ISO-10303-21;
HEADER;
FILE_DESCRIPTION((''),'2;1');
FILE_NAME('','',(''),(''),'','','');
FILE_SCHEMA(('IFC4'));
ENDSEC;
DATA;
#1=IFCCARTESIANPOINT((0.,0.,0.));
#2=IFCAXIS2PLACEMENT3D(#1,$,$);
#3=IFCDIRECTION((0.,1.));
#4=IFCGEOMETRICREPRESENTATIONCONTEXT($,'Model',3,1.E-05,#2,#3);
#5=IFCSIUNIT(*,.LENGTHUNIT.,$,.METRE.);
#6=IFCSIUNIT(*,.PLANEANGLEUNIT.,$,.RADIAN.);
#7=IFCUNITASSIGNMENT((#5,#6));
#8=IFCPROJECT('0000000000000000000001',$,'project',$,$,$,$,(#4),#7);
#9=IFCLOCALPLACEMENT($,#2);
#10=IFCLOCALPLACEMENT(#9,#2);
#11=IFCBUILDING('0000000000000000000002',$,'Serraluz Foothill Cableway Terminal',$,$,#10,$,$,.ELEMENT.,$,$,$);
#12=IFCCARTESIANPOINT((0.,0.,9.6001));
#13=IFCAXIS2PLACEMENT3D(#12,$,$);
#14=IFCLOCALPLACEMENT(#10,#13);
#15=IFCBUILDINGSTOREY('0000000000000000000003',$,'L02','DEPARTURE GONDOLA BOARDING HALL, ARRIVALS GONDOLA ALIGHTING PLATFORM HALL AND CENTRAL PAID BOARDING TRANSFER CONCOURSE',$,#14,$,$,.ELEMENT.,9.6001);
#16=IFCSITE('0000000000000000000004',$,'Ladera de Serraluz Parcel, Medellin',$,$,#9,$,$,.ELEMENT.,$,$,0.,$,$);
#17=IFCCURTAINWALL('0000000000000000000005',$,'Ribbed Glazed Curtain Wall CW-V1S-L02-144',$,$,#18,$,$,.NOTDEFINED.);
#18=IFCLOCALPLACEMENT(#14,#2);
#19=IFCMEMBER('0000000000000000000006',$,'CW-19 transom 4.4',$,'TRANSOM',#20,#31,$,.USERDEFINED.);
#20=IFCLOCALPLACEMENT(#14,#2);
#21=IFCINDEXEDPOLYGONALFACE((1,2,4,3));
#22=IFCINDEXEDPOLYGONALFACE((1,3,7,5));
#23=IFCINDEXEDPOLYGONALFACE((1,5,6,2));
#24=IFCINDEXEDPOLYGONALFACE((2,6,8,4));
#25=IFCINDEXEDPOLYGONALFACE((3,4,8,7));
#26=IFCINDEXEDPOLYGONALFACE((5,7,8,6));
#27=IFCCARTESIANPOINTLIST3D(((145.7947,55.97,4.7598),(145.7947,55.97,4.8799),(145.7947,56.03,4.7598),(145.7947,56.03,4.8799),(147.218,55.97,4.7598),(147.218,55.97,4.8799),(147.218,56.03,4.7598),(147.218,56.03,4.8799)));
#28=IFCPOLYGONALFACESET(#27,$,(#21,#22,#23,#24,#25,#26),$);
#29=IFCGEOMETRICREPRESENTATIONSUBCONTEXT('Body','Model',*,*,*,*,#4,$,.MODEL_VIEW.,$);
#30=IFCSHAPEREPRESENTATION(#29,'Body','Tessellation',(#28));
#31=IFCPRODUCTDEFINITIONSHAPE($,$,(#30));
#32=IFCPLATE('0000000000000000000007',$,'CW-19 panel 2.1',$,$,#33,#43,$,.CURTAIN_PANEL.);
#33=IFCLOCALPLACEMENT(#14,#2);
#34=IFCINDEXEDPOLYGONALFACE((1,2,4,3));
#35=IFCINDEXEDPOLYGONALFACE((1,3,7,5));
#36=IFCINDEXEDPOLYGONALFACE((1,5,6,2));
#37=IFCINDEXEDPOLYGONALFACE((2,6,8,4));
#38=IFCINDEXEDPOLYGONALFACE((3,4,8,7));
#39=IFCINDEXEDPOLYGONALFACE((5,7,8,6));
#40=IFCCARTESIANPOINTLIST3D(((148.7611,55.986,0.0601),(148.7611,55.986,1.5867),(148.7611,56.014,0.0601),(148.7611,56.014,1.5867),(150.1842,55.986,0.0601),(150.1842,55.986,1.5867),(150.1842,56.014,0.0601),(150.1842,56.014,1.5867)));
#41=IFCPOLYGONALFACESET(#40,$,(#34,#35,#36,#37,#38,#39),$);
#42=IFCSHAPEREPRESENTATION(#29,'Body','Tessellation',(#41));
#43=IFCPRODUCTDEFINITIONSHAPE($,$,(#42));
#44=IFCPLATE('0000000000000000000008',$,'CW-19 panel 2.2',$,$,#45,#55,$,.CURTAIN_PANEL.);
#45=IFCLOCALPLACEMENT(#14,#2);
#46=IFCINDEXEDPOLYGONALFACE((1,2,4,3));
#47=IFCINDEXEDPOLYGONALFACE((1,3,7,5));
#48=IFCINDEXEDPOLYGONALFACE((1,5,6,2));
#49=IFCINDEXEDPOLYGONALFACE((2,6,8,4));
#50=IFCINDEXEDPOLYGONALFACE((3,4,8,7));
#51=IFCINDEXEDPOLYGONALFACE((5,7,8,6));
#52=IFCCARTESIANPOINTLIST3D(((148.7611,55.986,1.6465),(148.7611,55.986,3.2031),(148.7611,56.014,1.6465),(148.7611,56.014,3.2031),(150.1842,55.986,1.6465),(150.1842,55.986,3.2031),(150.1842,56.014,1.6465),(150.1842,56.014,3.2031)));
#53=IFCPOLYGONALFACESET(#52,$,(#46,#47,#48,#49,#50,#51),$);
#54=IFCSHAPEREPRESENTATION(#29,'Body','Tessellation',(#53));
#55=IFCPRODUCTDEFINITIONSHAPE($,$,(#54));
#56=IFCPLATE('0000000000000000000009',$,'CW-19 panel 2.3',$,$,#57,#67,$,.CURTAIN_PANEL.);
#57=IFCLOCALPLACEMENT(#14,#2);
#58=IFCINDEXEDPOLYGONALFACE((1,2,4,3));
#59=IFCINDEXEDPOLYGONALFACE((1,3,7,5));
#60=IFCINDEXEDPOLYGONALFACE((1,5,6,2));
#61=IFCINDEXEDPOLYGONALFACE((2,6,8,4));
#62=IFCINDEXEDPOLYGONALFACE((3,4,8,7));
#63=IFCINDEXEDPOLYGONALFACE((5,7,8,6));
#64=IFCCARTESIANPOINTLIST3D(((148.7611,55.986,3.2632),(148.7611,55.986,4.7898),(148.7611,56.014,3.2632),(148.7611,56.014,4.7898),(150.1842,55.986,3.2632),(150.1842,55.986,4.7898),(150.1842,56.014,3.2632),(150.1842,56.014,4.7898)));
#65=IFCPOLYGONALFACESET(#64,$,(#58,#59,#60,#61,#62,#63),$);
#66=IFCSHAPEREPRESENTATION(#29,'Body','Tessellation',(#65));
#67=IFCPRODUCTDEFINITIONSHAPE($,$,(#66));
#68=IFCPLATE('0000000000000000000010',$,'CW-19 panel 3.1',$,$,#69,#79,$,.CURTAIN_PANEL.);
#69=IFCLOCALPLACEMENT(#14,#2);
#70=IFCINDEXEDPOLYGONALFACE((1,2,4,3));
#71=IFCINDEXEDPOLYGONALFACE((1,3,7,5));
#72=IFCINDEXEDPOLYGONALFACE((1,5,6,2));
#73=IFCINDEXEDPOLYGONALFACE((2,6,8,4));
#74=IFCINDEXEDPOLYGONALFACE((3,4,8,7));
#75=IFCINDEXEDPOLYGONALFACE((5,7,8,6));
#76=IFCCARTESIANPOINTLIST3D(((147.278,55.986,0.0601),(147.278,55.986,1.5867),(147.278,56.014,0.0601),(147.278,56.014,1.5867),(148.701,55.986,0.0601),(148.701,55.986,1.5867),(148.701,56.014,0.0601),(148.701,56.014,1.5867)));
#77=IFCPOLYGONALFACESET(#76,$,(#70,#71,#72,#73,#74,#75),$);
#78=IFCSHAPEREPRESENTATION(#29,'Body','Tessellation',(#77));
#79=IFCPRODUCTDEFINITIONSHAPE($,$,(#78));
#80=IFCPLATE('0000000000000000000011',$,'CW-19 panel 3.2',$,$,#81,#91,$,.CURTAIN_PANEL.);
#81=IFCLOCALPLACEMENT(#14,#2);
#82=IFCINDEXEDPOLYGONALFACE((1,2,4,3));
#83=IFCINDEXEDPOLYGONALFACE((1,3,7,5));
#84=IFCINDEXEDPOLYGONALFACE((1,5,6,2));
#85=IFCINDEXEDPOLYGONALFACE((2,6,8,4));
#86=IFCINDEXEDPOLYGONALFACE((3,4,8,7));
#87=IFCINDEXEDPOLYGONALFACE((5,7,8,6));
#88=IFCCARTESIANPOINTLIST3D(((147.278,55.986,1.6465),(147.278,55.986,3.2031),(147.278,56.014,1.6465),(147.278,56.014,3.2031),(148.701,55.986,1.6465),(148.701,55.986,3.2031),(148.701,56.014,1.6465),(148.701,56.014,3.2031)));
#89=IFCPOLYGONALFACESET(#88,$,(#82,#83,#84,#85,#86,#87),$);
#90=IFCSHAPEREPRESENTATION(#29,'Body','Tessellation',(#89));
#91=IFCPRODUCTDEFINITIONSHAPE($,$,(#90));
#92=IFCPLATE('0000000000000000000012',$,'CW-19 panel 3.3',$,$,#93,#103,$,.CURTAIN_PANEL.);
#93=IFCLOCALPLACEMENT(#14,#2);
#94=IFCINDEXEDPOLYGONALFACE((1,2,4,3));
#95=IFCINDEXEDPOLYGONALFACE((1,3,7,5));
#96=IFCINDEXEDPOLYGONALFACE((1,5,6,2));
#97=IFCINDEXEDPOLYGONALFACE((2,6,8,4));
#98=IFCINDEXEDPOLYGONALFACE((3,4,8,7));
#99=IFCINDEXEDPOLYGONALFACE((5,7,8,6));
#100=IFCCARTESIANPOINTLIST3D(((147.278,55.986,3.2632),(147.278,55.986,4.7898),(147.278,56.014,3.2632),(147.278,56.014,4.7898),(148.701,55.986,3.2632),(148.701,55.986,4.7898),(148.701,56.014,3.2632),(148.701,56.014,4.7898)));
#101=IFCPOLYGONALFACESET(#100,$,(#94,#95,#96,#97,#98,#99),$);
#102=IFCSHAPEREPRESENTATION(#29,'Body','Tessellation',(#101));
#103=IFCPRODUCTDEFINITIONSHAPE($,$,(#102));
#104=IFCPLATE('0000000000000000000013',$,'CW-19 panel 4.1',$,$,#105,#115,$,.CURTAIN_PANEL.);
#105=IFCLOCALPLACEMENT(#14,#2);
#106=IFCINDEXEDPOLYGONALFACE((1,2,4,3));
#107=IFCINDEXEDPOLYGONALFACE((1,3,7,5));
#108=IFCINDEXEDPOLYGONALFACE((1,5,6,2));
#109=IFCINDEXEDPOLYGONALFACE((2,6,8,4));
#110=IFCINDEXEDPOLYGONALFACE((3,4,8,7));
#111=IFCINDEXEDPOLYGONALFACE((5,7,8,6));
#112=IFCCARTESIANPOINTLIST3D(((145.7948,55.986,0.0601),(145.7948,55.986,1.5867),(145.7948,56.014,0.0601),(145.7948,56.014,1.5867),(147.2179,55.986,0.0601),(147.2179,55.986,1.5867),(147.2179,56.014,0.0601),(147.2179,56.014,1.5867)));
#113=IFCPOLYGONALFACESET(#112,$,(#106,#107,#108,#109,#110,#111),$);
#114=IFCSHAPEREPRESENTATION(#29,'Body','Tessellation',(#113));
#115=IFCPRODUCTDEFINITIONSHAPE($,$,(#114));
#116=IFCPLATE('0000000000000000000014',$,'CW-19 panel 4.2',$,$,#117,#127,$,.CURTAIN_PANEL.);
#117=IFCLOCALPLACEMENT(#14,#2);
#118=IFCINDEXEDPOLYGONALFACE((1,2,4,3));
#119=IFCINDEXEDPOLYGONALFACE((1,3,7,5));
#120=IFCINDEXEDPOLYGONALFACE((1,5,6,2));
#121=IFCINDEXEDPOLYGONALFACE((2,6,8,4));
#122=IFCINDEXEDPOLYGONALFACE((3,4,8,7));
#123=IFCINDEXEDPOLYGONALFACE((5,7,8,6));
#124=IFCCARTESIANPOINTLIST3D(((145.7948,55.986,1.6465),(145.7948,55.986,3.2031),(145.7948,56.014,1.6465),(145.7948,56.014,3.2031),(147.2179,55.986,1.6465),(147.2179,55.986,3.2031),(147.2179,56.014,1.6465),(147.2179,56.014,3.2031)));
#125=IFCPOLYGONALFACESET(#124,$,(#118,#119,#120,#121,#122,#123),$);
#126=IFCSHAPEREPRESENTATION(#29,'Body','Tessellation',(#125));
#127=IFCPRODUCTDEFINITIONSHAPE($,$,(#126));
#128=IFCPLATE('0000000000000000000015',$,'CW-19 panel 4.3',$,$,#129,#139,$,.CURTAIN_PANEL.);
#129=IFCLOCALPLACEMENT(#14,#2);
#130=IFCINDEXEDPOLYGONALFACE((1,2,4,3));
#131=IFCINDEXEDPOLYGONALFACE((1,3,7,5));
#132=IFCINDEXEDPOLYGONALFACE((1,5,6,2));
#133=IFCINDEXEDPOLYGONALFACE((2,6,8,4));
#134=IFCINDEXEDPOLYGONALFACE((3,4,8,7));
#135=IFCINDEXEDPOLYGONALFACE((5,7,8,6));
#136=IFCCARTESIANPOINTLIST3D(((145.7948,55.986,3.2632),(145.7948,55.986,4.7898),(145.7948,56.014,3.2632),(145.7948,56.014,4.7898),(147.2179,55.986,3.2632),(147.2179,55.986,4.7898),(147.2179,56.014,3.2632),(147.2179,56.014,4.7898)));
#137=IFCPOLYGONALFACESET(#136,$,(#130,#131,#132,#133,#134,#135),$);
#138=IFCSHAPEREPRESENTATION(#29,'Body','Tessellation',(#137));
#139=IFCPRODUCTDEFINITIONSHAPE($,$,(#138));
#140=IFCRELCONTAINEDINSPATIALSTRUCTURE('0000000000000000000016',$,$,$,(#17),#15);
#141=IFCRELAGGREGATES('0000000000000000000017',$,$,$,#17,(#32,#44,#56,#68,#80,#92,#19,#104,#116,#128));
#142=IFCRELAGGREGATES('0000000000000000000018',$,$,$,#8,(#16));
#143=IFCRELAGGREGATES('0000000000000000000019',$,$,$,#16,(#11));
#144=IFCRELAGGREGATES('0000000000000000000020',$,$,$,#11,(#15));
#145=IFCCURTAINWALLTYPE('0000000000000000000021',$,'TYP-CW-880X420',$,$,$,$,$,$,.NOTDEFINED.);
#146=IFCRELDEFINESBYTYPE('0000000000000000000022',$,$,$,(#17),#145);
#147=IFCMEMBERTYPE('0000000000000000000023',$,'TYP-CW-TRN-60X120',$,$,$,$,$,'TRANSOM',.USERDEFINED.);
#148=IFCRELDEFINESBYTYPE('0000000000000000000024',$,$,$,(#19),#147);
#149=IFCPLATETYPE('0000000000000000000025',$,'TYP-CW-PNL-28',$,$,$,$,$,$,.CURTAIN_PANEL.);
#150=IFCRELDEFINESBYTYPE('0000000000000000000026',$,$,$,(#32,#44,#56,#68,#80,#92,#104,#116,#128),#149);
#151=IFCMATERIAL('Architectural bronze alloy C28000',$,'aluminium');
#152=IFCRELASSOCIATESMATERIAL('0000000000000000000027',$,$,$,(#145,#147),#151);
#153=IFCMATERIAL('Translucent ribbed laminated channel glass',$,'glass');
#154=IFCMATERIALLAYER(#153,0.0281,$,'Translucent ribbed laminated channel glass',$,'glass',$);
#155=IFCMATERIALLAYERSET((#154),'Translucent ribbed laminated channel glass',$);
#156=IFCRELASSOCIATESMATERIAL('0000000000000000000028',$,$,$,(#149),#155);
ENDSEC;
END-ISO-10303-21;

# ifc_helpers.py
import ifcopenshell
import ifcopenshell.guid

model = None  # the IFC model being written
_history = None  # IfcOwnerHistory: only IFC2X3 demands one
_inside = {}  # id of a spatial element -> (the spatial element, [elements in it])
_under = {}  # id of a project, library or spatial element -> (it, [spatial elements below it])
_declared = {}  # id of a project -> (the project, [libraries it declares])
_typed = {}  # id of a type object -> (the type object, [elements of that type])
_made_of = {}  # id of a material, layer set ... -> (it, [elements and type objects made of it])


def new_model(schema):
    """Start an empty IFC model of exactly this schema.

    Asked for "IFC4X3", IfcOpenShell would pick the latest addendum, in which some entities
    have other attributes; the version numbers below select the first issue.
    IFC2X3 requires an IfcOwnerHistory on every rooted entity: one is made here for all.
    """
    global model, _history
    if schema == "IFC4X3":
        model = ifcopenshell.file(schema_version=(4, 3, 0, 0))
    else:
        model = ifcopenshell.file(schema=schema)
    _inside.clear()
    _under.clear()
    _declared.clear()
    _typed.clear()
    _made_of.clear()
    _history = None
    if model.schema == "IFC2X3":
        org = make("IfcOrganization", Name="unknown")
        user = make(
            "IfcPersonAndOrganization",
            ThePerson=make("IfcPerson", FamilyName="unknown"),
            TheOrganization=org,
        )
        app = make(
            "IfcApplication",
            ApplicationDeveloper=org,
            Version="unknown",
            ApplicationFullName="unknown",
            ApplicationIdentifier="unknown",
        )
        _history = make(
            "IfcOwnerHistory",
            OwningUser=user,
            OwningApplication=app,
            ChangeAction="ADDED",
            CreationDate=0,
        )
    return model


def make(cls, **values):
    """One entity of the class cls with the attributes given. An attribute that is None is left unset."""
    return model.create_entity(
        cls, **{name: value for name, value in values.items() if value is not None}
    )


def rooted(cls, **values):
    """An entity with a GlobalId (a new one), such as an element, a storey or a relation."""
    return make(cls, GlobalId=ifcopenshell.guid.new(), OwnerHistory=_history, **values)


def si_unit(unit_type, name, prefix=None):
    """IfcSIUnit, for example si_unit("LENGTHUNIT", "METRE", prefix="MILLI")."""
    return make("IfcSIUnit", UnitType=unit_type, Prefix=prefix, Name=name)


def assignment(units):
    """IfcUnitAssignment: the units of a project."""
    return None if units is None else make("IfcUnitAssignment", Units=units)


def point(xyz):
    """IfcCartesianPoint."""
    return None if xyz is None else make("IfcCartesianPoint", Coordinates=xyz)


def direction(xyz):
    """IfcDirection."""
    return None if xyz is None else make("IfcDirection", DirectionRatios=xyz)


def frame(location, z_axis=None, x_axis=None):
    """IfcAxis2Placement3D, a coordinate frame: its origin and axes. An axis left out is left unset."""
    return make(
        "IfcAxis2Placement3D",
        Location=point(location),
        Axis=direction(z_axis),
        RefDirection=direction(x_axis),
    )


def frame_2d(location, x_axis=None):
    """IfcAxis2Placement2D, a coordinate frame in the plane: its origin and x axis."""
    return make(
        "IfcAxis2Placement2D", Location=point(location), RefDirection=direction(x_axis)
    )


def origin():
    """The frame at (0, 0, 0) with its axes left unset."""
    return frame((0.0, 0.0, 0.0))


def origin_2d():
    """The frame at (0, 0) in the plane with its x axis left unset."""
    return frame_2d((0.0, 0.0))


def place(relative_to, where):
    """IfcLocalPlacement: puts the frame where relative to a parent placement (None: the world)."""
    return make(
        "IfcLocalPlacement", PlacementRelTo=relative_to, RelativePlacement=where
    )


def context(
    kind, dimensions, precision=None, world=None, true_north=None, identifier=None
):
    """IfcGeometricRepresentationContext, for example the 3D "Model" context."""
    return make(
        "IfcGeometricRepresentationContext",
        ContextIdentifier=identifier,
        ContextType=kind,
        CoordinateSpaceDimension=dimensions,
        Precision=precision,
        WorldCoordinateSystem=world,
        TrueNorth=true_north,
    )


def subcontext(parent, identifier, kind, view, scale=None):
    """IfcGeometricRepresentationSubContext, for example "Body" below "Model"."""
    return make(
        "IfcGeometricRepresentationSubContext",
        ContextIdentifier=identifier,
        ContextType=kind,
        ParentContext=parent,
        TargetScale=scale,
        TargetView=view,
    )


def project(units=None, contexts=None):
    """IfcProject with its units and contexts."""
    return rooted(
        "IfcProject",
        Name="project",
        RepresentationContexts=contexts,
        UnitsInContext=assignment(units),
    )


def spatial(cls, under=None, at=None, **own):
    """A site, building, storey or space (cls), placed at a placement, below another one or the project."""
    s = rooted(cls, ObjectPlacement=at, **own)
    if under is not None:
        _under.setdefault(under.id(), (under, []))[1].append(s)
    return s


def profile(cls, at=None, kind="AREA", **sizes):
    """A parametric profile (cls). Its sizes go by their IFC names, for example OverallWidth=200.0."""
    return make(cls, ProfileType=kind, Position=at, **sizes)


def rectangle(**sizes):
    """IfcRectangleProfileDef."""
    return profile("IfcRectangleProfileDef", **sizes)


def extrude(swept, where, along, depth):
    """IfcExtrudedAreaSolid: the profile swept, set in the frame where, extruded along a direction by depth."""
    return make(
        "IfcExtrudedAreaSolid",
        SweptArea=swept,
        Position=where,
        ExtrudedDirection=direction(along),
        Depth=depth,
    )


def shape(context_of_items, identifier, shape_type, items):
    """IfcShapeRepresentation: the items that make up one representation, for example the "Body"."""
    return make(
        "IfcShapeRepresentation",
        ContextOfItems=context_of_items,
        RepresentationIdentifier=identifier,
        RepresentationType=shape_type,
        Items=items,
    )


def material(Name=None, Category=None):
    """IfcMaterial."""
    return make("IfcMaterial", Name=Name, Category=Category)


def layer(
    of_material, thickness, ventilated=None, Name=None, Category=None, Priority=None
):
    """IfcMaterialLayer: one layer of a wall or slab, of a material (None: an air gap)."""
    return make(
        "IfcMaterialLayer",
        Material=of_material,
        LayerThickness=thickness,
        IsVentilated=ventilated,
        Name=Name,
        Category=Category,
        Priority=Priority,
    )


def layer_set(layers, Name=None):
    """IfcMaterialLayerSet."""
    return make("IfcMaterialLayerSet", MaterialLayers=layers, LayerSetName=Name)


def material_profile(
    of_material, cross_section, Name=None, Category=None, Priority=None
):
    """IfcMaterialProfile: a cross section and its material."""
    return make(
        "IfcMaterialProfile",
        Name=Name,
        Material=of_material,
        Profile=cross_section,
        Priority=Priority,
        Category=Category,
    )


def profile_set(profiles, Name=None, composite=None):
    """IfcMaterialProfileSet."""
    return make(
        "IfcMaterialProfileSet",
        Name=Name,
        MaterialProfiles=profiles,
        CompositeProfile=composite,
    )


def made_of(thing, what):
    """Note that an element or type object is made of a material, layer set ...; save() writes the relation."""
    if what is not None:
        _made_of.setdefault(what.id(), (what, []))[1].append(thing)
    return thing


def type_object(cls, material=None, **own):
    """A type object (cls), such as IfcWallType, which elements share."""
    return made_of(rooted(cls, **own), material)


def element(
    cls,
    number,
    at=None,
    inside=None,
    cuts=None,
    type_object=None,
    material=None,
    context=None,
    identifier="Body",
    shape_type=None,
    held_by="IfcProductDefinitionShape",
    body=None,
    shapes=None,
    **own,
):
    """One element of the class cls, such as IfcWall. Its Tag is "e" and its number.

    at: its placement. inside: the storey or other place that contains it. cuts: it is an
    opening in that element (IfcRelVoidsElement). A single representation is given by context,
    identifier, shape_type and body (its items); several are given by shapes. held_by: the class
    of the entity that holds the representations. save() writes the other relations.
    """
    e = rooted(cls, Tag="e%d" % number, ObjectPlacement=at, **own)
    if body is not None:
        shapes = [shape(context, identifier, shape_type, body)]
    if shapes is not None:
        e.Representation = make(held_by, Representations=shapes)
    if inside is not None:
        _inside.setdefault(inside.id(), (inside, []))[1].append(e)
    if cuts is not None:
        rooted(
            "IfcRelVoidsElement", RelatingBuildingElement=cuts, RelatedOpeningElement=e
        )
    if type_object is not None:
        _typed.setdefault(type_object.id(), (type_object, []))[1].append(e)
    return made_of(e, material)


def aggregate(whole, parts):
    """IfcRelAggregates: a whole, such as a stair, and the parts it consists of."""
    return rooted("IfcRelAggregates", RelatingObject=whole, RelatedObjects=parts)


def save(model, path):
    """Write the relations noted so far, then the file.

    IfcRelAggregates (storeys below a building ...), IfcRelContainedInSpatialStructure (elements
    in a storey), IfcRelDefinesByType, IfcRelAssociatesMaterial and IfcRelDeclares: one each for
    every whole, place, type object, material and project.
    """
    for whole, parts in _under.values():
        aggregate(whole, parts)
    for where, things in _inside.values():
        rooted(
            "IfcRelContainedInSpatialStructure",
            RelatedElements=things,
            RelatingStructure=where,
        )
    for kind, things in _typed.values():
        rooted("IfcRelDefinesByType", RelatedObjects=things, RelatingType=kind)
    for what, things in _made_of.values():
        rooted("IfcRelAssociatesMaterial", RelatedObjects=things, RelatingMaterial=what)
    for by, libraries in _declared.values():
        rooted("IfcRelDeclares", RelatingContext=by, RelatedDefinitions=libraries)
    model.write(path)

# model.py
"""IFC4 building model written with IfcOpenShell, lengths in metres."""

from ifc_helpers import new_model, si_unit, direction, frame, origin, origin_2d, place, context, subcontext, project, spatial, rectangle, extrude, material, layer, layer_set, material_profile, profile_set, type_object, element, aggregate, save


model = new_model("IFC4")

# Units and contexts
model_context = context("Model", 3, precision=1e-05, world=origin(), true_north=direction((0.0, 1.0)))
body_context = subcontext(model_context, "Body", "Model", "MODEL_VIEW")
ifc_project = project(units=[si_unit("LENGTHUNIT", "METRE"), si_unit("PLANEANGLEUNIT", "RADIAN")], contexts=[model_context])

# Site, building, storey
site_placement = place(None, origin())
site = spatial("IfcSite", under=ifc_project, at=site_placement, Name="Ladera de Serraluz Parcel, Medellin", CompositionType="ELEMENT", RefElevation=0.0)
building_placement = place(site_placement, origin())
building = spatial("IfcBuilding", under=site, at=building_placement, Name="Serraluz Foothill Cableway Terminal", CompositionType="ELEMENT")
storey_placement = place(building_placement, frame((0.0, 0.0, 9.6001)))
storey = spatial("IfcBuildingStorey", under=building, at=storey_placement, Name="L02", Description="DEPARTURE GONDOLA BOARDING HALL, ARRIVALS GONDOLA ALIGHTING PLATFORM HALL AND CENTRAL PAID BOARDING TRANSFER CONCOURSE", CompositionType="ELEMENT", Elevation=9.6001)

# Curtain wall, member, plates
ifc_material_1 = material(Name="Architectural bronze alloy C28000", Category="aluminium")
curtain_wall_type = type_object("IfcCurtainWallType", Name="TYP-CW-880X420", PredefinedType="NOTDEFINED", material=ifc_material_1)
curtain_wall_placement = place(storey_placement, origin())
curtain_wall = element("IfcCurtainWall", 1, at=curtain_wall_placement, inside=storey, type_object=curtain_wall_type, Name="Ribbed Glazed Curtain Wall CW-V1S-L02-144", PredefinedType="NOTDEFINED")
ifc_material_profile_1 = material_profile(ifc_material_1, rectangle(XDim=0.0601, YDim=0.1201, at=origin_2d()), Name="ALU TRANSOM 60x120")
ifc_profile_set_1 = profile_set([ifc_material_profile_1], Name="Architectural bronze alloy C28000")
member_type_1 = type_object("IfcMemberType", Name="TYP-CW-TRN-60X120", ElementType="TRANSOM", PredefinedType="USERDEFINED", material=ifc_profile_set_1)
member_1_placement = place(storey_placement, frame((147.218, 56.0, 4.8198), z_axis=(-1.0, 0.0, 0.0), x_axis=(0.0, -1.0, 0.0)))
member_1 = element("IfcMember", 2, at=member_1_placement, type_object=member_type_1, Name="CW-19 transom 4.4", ObjectType="TRANSOM", PredefinedType="USERDEFINED", context=body_context, shape_type="SweptSolid", body=[
    extrude(rectangle(XDim=0.0601, YDim=0.1201, at=origin_2d()), origin(), (0.0, 0.0, 1.0), 1.4233),
])
ifc_material_2 = material(Name="Translucent ribbed laminated channel glass", Category="glass")
ifc_layer_1 = layer(ifc_material_2, 0.0281, Name="Translucent ribbed laminated channel glass", Category="glass")
ifc_layer_set_1 = layer_set([ifc_layer_1], Name="Translucent ribbed laminated channel glass")
plate_type = type_object("IfcPlateType", Name="TYP-CW-PNL-28", PredefinedType="CURTAIN_PANEL", material=ifc_layer_set_1)
plate_1_placement = place(storey_placement, frame((149.4727, 56.0, 0.0601), z_axis=(0.0, 0.0, 1.0), x_axis=(-1.0, 0.0, 0.0)))
plate_1 = element("IfcPlate", 3, at=plate_1_placement, type_object=plate_type, Name="CW-19 panel 2.1", PredefinedType="CURTAIN_PANEL", context=body_context, shape_type="SweptSolid", body=[
    extrude(rectangle(XDim=1.4231, YDim=0.0281, at=origin_2d()), origin(), (0.0, 0.0, 1.0), 1.5266),
])
plate_2_placement = place(storey_placement, frame((149.4727, 56.0, 1.6465), z_axis=(0.0, 0.0, 1.0), x_axis=(-1.0, 0.0, 0.0)))
plate_2 = element("IfcPlate", 4, at=plate_2_placement, type_object=plate_type, Name="CW-19 panel 2.2", PredefinedType="CURTAIN_PANEL", context=body_context, shape_type="SweptSolid", body=[
    extrude(rectangle(XDim=1.4231, YDim=0.0281, at=origin_2d()), origin(), (0.0, 0.0, 1.0), 1.5566),
])
plate_3_placement = place(storey_placement, frame((149.4727, 56.0, 3.2632), z_axis=(0.0, 0.0, 1.0), x_axis=(-1.0, 0.0, 0.0)))
plate_3 = element("IfcPlate", 5, at=plate_3_placement, type_object=plate_type, Name="CW-19 panel 2.3", PredefinedType="CURTAIN_PANEL", context=body_context, shape_type="SweptSolid", body=[
    extrude(rectangle(XDim=1.4231, YDim=0.0281, at=origin_2d()), origin(), (0.0, 0.0, 1.0), 1.5266),
])
plate_4_placement = place(storey_placement, frame((147.9895, 56.0, 0.0601), z_axis=(0.0, 0.0, 1.0), x_axis=(-1.0, 0.0, 0.0)))
plate_4 = element("IfcPlate", 6, at=plate_4_placement, type_object=plate_type, Name="CW-19 panel 3.1", PredefinedType="CURTAIN_PANEL", context=body_context, shape_type="SweptSolid", body=[
    extrude(rectangle(XDim=1.4231, YDim=0.0281, at=origin_2d()), origin(), (0.0, 0.0, 1.0), 1.5266),
])
plate_5_placement = place(storey_placement, frame((147.9895, 56.0, 1.6465), z_axis=(0.0, 0.0, 1.0), x_axis=(-1.0, 0.0, 0.0)))
plate_5 = element("IfcPlate", 7, at=plate_5_placement, type_object=plate_type, Name="CW-19 panel 3.2", PredefinedType="CURTAIN_PANEL", context=body_context, shape_type="SweptSolid", body=[
    extrude(rectangle(XDim=1.4231, YDim=0.0281, at=origin_2d()), origin(), (0.0, 0.0, 1.0), 1.5566),
])
plate_6_placement = place(storey_placement, frame((147.9895, 56.0, 3.2632), z_axis=(0.0, 0.0, 1.0), x_axis=(-1.0, 0.0, 0.0)))
plate_6 = element("IfcPlate", 8, at=plate_6_placement, type_object=plate_type, Name="CW-19 panel 3.3", PredefinedType="CURTAIN_PANEL", context=body_context, shape_type="SweptSolid", body=[
    extrude(rectangle(XDim=1.4231, YDim=0.0281, at=origin_2d()), origin(), (0.0, 0.0, 1.0), 1.5266),
])
plate_7_placement = place(storey_placement, frame((146.5063, 56.0, 0.0601), z_axis=(0.0, 0.0, 1.0), x_axis=(-1.0, 0.0, 0.0)))
plate_7 = element("IfcPlate", 9, at=plate_7_placement, type_object=plate_type, Name="CW-19 panel 4.1", PredefinedType="CURTAIN_PANEL", context=body_context, shape_type="SweptSolid", body=[
    extrude(rectangle(XDim=1.4231, YDim=0.0281, at=origin_2d()), origin(), (0.0, 0.0, 1.0), 1.5266),
])
plate_8_placement = place(storey_placement, frame((146.5063, 56.0, 1.6465), z_axis=(0.0, 0.0, 1.0), x_axis=(-1.0, 0.0, 0.0)))
plate_8 = element("IfcPlate", 10, at=plate_8_placement, type_object=plate_type, Name="CW-19 panel 4.2", PredefinedType="CURTAIN_PANEL", context=body_context, shape_type="SweptSolid", body=[
    extrude(rectangle(XDim=1.4231, YDim=0.0281, at=origin_2d()), origin(), (0.0, 0.0, 1.0), 1.5566),
])
plate_9_placement = place(storey_placement, frame((146.5063, 56.0, 3.2632), z_axis=(0.0, 0.0, 1.0), x_axis=(-1.0, 0.0, 0.0)))
plate_9 = element("IfcPlate", 11, at=plate_9_placement, type_object=plate_type, Name="CW-19 panel 4.3", PredefinedType="CURTAIN_PANEL", context=body_context, shape_type="SweptSolid", body=[
    extrude(rectangle(XDim=1.4231, YDim=0.0281, at=origin_2d()), origin(), (0.0, 0.0, 1.0), 1.5266),
])
aggregate(curtain_wall, [plate_1, plate_2, plate_3, plate_4, plate_5, plate_6, member_1, plate_7, plate_8, plate_9])

save(model, "model.ifc")
